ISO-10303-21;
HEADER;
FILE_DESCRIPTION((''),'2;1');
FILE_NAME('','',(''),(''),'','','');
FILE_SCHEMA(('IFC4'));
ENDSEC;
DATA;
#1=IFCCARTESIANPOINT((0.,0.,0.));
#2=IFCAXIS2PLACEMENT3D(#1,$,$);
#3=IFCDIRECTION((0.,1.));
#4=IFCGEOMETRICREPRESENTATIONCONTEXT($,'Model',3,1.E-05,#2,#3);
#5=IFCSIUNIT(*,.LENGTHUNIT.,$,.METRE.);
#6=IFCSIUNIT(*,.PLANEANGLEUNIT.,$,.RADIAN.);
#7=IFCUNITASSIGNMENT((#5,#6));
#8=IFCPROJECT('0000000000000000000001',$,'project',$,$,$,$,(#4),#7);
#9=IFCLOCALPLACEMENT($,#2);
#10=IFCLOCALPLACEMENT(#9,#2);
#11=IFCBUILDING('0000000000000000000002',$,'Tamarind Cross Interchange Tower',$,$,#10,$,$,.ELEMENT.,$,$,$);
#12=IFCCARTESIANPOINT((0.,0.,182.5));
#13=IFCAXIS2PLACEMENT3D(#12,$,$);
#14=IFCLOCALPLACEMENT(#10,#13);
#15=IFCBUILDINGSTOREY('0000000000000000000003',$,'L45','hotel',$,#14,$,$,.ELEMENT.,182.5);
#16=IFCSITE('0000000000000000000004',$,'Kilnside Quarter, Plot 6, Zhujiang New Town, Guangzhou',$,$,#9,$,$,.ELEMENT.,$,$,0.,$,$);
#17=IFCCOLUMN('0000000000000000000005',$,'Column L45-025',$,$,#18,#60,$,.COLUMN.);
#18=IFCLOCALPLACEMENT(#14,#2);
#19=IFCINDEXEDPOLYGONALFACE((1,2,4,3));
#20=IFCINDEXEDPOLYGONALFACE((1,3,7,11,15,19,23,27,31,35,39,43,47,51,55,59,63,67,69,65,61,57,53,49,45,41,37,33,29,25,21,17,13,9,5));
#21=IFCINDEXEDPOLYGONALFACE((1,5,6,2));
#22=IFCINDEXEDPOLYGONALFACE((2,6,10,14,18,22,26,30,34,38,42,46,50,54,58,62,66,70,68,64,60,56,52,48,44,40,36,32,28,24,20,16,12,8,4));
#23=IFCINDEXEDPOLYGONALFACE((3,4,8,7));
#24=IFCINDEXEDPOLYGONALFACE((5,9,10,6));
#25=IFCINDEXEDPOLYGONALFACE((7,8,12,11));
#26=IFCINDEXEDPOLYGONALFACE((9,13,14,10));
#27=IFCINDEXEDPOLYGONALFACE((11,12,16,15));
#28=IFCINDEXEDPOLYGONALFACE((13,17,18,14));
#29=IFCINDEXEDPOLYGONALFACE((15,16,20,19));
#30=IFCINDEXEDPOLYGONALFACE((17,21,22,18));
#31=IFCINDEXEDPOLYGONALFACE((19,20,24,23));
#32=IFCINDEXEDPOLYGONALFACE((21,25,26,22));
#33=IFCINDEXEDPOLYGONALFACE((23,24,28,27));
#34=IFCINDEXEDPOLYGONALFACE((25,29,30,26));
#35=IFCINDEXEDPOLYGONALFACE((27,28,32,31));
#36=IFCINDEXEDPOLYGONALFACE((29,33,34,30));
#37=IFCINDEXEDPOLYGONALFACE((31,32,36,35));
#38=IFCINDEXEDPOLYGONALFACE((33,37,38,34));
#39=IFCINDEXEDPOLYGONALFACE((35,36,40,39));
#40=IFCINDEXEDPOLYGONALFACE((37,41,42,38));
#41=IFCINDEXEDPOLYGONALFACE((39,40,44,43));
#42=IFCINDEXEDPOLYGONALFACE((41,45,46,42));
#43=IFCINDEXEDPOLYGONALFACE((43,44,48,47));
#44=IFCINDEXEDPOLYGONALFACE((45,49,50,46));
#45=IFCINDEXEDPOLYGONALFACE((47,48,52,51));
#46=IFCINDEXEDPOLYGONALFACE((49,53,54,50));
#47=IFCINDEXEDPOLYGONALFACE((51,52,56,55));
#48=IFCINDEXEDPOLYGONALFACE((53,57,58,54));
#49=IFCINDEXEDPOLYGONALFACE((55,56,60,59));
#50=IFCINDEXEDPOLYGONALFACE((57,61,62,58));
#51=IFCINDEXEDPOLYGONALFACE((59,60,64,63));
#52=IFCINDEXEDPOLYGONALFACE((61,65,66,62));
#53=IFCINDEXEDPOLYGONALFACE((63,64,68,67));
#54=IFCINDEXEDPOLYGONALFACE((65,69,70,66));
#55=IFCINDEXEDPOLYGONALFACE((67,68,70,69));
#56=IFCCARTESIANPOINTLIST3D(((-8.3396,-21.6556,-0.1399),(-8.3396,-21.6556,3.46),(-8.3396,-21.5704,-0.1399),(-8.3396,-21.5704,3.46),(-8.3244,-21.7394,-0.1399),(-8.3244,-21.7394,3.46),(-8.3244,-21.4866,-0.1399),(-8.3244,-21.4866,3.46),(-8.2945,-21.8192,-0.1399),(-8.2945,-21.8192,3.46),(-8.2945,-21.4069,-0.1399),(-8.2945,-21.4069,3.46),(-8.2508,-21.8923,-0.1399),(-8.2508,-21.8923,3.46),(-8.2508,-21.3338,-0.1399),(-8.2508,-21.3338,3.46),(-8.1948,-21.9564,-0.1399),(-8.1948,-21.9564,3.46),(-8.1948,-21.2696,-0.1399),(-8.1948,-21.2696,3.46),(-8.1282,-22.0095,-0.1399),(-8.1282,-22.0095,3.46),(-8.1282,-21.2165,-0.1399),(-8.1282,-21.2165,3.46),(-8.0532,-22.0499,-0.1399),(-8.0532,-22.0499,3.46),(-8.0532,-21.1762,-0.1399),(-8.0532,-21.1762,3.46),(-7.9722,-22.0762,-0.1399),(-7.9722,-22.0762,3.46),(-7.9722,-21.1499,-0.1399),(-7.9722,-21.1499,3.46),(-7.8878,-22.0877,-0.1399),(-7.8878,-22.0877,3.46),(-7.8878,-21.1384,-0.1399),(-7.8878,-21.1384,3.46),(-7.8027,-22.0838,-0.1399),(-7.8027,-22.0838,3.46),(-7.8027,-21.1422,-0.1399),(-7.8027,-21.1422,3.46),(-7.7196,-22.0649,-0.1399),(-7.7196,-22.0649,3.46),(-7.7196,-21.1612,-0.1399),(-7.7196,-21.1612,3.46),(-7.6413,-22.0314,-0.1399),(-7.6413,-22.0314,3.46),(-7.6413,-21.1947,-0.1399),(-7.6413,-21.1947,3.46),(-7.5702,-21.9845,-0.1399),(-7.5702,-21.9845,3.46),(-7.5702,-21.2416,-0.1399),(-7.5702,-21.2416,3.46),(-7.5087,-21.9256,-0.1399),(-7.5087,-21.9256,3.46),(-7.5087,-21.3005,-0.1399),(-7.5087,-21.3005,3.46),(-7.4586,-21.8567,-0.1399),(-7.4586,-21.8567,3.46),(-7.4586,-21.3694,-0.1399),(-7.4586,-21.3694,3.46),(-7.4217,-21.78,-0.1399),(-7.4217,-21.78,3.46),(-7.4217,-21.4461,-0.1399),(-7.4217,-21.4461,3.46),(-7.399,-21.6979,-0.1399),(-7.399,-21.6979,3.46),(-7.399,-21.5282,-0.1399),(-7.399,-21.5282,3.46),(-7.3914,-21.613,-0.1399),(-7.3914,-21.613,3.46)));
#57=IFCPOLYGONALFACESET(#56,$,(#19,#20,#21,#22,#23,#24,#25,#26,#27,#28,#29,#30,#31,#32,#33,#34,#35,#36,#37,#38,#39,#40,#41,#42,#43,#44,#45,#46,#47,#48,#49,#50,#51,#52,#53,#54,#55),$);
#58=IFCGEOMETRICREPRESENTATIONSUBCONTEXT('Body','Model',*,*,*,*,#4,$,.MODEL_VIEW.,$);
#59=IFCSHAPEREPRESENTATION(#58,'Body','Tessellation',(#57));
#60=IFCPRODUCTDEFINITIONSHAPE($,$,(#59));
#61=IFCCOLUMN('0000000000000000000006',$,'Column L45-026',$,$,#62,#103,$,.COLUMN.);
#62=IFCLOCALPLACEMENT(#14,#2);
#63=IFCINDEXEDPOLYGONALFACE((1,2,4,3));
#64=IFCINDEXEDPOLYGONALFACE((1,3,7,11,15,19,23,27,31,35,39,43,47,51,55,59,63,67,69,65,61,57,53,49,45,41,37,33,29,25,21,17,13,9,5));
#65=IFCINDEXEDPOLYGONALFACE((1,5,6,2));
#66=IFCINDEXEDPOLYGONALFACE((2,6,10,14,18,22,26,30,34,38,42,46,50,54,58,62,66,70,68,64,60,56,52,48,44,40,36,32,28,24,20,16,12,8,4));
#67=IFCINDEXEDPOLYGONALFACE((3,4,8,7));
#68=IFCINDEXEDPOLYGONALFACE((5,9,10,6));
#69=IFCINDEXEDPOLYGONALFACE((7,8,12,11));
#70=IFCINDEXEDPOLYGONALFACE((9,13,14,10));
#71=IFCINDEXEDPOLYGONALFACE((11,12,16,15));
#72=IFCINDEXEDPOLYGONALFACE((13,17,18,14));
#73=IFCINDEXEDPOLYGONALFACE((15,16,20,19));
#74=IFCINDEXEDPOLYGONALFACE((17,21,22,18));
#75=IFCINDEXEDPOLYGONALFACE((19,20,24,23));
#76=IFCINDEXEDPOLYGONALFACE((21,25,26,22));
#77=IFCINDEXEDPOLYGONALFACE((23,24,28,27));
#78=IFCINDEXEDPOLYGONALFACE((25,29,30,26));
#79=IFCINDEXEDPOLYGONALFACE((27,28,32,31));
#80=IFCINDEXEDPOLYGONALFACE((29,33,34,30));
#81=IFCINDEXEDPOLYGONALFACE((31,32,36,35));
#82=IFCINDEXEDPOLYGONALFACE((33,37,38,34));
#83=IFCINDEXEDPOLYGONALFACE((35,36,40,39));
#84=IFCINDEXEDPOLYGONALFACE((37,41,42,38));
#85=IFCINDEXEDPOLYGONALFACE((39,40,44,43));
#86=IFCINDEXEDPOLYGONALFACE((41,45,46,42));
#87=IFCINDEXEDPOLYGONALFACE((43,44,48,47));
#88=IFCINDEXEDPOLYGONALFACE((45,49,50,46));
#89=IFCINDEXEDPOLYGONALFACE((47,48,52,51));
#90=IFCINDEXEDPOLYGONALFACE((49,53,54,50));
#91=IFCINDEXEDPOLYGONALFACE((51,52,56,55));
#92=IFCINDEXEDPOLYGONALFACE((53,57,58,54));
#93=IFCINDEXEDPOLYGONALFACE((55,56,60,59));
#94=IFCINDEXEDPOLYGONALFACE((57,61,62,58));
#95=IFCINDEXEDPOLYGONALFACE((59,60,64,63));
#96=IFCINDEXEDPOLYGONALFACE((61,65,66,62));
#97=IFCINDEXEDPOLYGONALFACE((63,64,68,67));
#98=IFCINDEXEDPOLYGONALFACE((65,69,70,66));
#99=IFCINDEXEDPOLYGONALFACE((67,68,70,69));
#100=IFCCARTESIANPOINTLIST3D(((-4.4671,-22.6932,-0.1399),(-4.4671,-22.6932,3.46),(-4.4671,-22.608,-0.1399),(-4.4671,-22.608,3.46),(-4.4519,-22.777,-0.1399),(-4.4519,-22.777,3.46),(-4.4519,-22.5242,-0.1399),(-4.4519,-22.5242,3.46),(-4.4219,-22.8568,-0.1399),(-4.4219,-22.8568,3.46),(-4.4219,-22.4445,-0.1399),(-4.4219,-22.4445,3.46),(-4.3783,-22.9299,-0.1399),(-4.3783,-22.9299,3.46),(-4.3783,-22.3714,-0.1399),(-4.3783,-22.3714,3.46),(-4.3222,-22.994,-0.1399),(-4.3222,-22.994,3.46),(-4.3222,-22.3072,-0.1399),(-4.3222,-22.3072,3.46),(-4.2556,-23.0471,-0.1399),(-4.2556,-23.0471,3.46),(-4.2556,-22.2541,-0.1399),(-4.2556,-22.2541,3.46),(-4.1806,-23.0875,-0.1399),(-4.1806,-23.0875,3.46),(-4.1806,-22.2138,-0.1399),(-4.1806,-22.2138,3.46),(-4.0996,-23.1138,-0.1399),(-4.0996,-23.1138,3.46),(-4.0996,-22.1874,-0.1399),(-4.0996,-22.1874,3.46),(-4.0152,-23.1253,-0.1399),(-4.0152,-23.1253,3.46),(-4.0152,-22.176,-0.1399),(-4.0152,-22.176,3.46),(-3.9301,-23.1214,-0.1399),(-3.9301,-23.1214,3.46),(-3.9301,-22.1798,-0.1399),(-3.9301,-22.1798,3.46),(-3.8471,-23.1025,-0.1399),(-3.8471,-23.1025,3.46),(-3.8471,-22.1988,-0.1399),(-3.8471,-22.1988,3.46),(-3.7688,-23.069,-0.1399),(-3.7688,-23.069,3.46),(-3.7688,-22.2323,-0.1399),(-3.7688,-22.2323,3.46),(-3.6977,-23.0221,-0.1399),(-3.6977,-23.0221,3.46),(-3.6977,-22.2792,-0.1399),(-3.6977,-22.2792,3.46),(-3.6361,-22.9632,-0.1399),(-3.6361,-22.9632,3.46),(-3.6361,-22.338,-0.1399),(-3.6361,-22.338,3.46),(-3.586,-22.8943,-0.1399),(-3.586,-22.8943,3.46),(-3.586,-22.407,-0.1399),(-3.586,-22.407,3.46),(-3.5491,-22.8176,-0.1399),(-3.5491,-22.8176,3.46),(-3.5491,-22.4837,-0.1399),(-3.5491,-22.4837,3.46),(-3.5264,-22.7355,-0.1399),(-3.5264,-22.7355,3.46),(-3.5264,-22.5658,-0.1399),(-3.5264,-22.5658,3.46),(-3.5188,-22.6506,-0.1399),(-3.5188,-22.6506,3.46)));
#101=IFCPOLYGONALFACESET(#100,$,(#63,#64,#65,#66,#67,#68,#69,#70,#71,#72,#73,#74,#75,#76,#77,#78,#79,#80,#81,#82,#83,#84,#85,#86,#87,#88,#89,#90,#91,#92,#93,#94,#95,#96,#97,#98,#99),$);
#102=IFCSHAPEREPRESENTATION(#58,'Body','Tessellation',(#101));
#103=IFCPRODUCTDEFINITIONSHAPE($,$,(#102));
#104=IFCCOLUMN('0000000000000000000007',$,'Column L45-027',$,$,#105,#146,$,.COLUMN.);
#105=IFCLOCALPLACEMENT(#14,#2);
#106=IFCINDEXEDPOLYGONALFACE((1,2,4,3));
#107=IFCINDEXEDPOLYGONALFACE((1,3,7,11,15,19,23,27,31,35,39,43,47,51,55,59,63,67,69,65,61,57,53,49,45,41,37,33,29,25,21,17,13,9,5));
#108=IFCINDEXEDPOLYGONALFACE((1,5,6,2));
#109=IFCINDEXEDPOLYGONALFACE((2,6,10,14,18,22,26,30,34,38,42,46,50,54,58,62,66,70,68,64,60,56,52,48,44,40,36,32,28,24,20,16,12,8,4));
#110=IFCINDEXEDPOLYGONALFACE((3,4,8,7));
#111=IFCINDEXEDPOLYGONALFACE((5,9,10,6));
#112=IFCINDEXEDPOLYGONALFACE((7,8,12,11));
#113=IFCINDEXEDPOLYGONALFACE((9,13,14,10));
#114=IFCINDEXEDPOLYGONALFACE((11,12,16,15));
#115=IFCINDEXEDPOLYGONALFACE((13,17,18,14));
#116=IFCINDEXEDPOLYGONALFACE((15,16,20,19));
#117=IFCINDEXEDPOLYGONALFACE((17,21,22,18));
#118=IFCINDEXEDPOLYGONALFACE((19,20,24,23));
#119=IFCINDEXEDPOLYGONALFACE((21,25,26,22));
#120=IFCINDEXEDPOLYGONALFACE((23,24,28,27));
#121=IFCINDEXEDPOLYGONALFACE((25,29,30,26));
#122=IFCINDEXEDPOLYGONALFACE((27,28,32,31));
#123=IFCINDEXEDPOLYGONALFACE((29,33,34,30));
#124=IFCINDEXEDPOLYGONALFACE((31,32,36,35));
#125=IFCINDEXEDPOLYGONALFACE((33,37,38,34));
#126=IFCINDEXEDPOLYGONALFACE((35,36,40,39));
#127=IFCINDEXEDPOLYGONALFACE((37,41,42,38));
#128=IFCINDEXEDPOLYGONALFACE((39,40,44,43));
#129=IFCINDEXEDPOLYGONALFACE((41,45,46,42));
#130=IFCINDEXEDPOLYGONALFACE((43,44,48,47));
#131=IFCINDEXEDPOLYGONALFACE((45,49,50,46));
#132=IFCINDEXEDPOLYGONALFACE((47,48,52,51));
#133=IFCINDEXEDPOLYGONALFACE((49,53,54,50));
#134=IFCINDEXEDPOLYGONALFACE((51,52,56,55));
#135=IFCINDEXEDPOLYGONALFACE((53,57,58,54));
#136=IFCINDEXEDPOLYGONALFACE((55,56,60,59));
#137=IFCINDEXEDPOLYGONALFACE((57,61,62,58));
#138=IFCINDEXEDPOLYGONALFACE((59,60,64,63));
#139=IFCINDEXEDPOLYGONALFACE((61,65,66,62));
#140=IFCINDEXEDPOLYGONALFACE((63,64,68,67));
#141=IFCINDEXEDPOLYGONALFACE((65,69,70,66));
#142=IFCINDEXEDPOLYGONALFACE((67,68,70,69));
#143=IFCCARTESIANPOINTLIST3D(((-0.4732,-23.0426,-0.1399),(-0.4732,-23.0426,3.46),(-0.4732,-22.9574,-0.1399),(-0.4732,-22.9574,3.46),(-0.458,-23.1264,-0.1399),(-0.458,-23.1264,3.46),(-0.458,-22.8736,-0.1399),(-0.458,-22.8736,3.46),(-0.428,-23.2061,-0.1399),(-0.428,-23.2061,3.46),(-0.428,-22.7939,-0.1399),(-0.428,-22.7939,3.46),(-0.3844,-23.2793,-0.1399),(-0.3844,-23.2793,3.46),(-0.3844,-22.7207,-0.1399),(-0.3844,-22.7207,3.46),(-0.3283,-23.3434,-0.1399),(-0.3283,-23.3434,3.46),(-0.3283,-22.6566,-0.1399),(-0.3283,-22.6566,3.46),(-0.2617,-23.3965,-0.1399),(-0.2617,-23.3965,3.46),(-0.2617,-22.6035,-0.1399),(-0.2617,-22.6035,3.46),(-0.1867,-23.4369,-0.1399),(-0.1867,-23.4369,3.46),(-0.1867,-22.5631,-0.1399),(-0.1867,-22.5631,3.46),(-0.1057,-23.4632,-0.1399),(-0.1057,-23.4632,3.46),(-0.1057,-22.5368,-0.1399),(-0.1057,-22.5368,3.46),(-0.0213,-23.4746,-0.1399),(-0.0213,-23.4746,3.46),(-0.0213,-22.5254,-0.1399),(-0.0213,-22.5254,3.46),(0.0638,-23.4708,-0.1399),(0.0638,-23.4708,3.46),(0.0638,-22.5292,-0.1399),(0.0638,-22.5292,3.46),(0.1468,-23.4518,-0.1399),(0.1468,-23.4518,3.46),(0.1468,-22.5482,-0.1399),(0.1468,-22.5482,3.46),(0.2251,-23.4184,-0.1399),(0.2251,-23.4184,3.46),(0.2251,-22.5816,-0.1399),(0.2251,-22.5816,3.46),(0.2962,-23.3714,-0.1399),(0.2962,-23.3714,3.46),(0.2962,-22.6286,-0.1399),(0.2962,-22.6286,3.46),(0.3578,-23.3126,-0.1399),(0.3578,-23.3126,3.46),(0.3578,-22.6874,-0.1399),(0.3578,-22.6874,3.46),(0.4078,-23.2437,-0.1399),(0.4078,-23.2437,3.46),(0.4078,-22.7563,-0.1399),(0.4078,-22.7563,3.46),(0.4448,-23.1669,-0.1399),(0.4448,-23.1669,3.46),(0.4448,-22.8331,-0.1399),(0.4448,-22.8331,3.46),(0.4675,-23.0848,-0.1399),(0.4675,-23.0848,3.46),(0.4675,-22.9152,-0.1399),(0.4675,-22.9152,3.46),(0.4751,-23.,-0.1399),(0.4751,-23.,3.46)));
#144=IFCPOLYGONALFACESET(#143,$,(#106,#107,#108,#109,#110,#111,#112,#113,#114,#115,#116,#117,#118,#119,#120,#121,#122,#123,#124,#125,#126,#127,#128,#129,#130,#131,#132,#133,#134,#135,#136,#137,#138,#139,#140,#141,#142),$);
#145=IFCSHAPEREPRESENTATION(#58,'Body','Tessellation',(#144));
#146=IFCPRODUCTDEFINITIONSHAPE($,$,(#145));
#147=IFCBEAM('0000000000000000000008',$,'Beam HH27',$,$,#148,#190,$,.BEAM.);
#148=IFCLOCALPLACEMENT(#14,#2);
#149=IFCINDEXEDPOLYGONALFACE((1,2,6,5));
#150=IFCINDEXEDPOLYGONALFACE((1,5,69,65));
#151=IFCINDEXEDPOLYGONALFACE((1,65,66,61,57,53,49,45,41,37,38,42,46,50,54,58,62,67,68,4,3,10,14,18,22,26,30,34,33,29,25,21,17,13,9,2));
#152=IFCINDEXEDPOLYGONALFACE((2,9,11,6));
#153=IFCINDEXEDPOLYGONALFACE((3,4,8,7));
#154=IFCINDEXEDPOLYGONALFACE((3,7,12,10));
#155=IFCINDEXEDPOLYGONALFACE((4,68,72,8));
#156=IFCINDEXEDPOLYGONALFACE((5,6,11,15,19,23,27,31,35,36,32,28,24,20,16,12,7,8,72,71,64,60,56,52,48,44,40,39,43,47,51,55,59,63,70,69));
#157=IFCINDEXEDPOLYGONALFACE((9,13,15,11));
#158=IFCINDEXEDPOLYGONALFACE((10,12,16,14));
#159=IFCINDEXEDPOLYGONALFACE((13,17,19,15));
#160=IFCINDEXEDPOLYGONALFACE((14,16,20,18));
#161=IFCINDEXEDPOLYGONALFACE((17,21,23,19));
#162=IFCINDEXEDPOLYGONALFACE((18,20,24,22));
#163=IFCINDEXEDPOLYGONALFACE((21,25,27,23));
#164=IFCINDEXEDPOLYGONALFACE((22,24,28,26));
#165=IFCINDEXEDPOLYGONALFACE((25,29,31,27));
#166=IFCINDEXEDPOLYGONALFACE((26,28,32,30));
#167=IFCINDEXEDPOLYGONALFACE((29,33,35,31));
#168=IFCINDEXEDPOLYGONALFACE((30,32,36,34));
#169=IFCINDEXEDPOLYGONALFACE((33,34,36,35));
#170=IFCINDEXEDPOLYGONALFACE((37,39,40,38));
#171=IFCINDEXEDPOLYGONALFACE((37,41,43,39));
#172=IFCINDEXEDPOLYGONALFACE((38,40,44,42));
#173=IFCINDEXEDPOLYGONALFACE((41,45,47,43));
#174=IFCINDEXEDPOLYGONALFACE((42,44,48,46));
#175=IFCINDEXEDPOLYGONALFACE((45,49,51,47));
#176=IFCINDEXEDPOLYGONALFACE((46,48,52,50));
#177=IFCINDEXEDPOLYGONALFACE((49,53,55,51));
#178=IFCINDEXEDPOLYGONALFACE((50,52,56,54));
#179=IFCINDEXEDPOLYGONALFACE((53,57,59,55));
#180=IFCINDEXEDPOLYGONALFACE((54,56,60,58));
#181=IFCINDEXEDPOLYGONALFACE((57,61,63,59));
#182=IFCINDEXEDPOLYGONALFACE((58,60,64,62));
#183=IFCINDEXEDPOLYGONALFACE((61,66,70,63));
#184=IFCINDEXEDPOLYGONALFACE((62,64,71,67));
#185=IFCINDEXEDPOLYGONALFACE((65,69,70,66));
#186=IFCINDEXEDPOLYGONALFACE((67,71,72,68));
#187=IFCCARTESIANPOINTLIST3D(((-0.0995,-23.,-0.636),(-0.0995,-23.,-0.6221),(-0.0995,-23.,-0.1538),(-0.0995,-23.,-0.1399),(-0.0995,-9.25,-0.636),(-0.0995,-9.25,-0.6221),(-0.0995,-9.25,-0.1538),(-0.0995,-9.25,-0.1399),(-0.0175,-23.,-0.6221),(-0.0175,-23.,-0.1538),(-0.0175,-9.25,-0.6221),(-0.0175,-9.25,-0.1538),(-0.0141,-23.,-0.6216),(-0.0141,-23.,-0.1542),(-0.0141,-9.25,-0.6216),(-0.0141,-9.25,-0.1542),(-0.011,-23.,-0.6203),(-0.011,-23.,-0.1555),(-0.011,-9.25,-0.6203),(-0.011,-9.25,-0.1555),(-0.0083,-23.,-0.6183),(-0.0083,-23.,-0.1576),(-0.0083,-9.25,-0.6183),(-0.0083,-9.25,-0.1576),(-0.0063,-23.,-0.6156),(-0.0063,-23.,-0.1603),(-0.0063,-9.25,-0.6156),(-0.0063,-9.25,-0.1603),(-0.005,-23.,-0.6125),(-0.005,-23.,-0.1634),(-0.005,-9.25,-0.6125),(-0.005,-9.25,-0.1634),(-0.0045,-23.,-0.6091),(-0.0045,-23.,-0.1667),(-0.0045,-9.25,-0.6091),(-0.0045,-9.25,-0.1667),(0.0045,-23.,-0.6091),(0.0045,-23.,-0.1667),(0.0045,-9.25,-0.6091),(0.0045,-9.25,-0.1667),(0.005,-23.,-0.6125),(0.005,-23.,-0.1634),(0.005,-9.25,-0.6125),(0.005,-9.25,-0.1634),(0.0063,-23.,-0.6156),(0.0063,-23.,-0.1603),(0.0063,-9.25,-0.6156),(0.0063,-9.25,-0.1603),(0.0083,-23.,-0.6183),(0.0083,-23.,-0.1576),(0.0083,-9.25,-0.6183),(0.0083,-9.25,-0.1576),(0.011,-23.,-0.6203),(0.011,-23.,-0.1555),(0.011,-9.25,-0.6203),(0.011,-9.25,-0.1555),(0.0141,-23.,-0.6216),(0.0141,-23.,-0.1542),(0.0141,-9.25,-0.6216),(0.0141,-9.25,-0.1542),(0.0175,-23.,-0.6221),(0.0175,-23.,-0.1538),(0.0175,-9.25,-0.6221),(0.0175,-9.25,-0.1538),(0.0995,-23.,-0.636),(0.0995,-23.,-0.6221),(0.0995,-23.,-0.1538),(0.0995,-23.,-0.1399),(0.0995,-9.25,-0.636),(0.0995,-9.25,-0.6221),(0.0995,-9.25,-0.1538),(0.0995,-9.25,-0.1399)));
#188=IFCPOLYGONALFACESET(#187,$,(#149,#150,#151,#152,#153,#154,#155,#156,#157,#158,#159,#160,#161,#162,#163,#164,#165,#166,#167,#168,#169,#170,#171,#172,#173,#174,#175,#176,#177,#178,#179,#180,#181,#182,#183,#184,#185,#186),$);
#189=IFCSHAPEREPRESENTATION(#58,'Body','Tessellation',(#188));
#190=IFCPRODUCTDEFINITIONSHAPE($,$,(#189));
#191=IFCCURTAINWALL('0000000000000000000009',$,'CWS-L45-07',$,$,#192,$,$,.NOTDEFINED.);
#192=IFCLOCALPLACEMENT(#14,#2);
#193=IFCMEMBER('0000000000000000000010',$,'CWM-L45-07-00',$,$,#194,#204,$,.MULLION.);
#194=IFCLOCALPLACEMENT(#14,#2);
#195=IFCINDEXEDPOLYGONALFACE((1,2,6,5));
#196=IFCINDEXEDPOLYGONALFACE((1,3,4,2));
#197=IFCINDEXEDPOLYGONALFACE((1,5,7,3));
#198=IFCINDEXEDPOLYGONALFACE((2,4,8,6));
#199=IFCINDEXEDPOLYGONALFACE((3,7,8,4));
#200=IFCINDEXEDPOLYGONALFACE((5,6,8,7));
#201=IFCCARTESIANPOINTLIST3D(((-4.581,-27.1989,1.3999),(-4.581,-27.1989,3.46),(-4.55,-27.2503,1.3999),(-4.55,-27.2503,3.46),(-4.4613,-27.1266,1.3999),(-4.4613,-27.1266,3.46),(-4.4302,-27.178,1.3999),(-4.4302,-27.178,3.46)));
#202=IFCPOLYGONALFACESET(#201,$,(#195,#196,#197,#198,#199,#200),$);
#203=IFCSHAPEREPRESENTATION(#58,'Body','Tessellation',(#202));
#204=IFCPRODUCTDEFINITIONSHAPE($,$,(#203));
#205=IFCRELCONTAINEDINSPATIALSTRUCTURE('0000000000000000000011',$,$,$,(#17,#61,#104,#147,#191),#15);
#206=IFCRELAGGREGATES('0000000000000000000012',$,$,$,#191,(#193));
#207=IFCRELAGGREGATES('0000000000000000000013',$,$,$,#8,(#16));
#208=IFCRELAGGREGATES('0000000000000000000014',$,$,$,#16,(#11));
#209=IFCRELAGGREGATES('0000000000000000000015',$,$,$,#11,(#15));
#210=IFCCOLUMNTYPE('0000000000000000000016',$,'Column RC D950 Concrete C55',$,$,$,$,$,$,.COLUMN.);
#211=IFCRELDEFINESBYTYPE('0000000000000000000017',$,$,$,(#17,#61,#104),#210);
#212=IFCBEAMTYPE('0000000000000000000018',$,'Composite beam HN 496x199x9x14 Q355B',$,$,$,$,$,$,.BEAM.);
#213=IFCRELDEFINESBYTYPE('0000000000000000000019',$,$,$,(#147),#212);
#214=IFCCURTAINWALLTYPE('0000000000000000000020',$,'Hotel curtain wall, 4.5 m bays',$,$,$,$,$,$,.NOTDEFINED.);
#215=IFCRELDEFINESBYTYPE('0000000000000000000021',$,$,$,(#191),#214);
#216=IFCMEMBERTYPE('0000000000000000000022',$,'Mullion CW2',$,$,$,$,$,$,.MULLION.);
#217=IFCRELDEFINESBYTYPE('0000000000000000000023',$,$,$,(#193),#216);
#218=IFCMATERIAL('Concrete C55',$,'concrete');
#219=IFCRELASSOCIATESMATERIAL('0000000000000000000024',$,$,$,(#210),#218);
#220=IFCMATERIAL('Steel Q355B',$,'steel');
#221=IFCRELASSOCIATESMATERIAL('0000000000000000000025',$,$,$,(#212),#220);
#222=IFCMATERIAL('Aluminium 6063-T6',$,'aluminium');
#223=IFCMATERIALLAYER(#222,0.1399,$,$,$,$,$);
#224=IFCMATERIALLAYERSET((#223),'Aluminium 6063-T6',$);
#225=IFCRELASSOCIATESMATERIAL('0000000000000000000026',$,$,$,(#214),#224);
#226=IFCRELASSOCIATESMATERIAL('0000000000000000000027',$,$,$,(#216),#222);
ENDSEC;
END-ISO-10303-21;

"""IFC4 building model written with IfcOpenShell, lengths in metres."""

from ifc_helpers import new_model, si_unit, direction, frame, origin, origin_2d, place, context, subcontext, project, spatial, rectangle, circle, i_section, extrude, material, layer, layer_set, material_profile, profile_set, type_object, element, aggregate, save


model = new_model("IFC4")

# Units and contexts
model_context = context("Model", 3, precision=1e-05, world=origin(), true_north=direction((0.0, 1.0)))
body_context = subcontext(model_context, "Body", "Model", "MODEL_VIEW")
ifc_project = project(units=[si_unit("LENGTHUNIT", "METRE"), si_unit("PLANEANGLEUNIT", "RADIAN")], contexts=[model_context])

# Site, building, storey
site_placement = place(None, origin())
site = spatial("IfcSite", under=ifc_project, at=site_placement, Name="Kilnside Quarter, Plot 6, Zhujiang New Town, Guangzhou", CompositionType="ELEMENT", RefElevation=0.0)
building_placement = place(site_placement, origin())
building = spatial("IfcBuilding", under=site, at=building_placement, Name="Tamarind Cross Interchange Tower", CompositionType="ELEMENT")
storey_placement = place(building_placement, frame((0.0, 0.0, 182.5)))
storey = spatial("IfcBuildingStorey", under=building, at=storey_placement, Name="L45", Description="hotel", CompositionType="ELEMENT", Elevation=182.5)

# Columns
ifc_material_1 = material(Name="Concrete C55", Category="concrete")
ifc_material_profile_1 = material_profile(ifc_material_1, circle(Radius=0.4751, at=origin_2d()), Name="RC D950")
ifc_profile_set_1 = profile_set([ifc_material_profile_1], Name="Concrete C55")
column_type = type_object("IfcColumnType", Name="Column RC D950 Concrete C55", PredefinedType="COLUMN", material=ifc_profile_set_1)
for number, where, z_axis, x_axis, name in (
    (1, (-7.8665, -21.613, -0.1399), (0.0, 0.0, 1.0), (1.0, 0.0, 0.0), "Column L45-025"),
    (2, (-3.9939, -22.6506, -0.1399), (0.0, 0.0, 1.0), (1.0, 0.0, 0.0), "Column L45-026"),
    (3, (0.0, -23.0, -0.1399), (0.0, 0.0, 1.0), (1.0, 0.0, 0.0), "Column L45-027"),
):
    element("IfcColumn", number, at=place(storey_placement, frame(where, z_axis=z_axis, x_axis=x_axis)), inside=storey, type_object=column_type, Name=name, PredefinedType="COLUMN", context=body_context, shape_type="SweptSolid", body=[
        extrude(circle(Radius=0.4751, at=origin_2d()), origin(), (0.0, 0.0, 1.0), 3.5999),
    ])

# Beam
ifc_material_2 = material(Name="Steel Q355B", Category="steel")
ifc_material_profile_2 = material_profile(ifc_material_2, i_section(OverallWidth=0.199, OverallDepth=0.4961, WebThickness=0.009, FlangeThickness=0.0139, FilletRadius=0.0129, at=origin_2d()), Name="HN 496x199x9x14")
ifc_profile_set_2 = profile_set([ifc_material_profile_2], Name="Steel Q355B")
beam_type = type_object("IfcBeamType", Name="Composite beam HN 496x199x9x14 Q355B", PredefinedType="BEAM", material=ifc_profile_set_2)
beam_placement = place(storey_placement, frame((0.0, -23.0, -0.3879), z_axis=(0.0, 1.0, 0.0), x_axis=(-1.0, 0.0, 0.0)))
element("IfcBeam", 4, at=beam_placement, inside=storey, type_object=beam_type, Name="Beam HH27", PredefinedType="BEAM", context=body_context, shape_type="SweptSolid", body=[
    extrude(i_section(OverallWidth=0.199, OverallDepth=0.4961, WebThickness=0.009, FlangeThickness=0.0139, FilletRadius=0.0129, at=origin_2d()), origin(), (0.0, 0.0, 1.0), 13.75),
])

# Curtain wall, member
ifc_material_3 = material(Name="Aluminium 6063-T6", Category="aluminium")
ifc_layer_1 = layer(ifc_material_3, 0.1399)
ifc_layer_set_1 = layer_set([ifc_layer_1], Name="Aluminium 6063-T6")
curtain_wall_type_1 = type_object("IfcCurtainWallType", Name="Hotel curtain wall, 4.5 m bays", PredefinedType="NOTDEFINED", material=ifc_layer_set_1)
curtain_wall_1_placement = place(storey_placement, origin())
curtain_wall_1 = element("IfcCurtainWall", 5, at=curtain_wall_1_placement, inside=storey, type_object=curtain_wall_type_1, Name="CWS-L45-07", PredefinedType="NOTDEFINED")
ifc_material_profile_3 = material_profile(ifc_material_3, rectangle(XDim=0.0601, YDim=0.1399, at=origin_2d()), Name="Mullion CW2")
ifc_profile_set_3 = profile_set([ifc_material_profile_3], Name="Aluminium 6063-T6")
member_type_1 = type_object("IfcMemberType", Name="Mullion CW2", PredefinedType="MULLION", material=ifc_profile_set_3)
member_1_placement = place(storey_placement, frame((-4.5056, -27.1885, 1.3999), z_axis=(0.0, 0.0, 1.0), x_axis=(0.516764, -0.856128, 0.0)))
member_1 = element("IfcMember", 6, at=member_1_placement, type_object=member_type_1, Name="CWM-L45-07-00", PredefinedType="MULLION", context=body_context, shape_type="SweptSolid", body=[
    extrude(rectangle(XDim=0.0601, YDim=0.1399, at=origin_2d()), origin(), (0.0, 0.0, 1.0), 2.0601),
])
aggregate(curtain_wall_1, [member_1])

save(model, "model.ifc")
